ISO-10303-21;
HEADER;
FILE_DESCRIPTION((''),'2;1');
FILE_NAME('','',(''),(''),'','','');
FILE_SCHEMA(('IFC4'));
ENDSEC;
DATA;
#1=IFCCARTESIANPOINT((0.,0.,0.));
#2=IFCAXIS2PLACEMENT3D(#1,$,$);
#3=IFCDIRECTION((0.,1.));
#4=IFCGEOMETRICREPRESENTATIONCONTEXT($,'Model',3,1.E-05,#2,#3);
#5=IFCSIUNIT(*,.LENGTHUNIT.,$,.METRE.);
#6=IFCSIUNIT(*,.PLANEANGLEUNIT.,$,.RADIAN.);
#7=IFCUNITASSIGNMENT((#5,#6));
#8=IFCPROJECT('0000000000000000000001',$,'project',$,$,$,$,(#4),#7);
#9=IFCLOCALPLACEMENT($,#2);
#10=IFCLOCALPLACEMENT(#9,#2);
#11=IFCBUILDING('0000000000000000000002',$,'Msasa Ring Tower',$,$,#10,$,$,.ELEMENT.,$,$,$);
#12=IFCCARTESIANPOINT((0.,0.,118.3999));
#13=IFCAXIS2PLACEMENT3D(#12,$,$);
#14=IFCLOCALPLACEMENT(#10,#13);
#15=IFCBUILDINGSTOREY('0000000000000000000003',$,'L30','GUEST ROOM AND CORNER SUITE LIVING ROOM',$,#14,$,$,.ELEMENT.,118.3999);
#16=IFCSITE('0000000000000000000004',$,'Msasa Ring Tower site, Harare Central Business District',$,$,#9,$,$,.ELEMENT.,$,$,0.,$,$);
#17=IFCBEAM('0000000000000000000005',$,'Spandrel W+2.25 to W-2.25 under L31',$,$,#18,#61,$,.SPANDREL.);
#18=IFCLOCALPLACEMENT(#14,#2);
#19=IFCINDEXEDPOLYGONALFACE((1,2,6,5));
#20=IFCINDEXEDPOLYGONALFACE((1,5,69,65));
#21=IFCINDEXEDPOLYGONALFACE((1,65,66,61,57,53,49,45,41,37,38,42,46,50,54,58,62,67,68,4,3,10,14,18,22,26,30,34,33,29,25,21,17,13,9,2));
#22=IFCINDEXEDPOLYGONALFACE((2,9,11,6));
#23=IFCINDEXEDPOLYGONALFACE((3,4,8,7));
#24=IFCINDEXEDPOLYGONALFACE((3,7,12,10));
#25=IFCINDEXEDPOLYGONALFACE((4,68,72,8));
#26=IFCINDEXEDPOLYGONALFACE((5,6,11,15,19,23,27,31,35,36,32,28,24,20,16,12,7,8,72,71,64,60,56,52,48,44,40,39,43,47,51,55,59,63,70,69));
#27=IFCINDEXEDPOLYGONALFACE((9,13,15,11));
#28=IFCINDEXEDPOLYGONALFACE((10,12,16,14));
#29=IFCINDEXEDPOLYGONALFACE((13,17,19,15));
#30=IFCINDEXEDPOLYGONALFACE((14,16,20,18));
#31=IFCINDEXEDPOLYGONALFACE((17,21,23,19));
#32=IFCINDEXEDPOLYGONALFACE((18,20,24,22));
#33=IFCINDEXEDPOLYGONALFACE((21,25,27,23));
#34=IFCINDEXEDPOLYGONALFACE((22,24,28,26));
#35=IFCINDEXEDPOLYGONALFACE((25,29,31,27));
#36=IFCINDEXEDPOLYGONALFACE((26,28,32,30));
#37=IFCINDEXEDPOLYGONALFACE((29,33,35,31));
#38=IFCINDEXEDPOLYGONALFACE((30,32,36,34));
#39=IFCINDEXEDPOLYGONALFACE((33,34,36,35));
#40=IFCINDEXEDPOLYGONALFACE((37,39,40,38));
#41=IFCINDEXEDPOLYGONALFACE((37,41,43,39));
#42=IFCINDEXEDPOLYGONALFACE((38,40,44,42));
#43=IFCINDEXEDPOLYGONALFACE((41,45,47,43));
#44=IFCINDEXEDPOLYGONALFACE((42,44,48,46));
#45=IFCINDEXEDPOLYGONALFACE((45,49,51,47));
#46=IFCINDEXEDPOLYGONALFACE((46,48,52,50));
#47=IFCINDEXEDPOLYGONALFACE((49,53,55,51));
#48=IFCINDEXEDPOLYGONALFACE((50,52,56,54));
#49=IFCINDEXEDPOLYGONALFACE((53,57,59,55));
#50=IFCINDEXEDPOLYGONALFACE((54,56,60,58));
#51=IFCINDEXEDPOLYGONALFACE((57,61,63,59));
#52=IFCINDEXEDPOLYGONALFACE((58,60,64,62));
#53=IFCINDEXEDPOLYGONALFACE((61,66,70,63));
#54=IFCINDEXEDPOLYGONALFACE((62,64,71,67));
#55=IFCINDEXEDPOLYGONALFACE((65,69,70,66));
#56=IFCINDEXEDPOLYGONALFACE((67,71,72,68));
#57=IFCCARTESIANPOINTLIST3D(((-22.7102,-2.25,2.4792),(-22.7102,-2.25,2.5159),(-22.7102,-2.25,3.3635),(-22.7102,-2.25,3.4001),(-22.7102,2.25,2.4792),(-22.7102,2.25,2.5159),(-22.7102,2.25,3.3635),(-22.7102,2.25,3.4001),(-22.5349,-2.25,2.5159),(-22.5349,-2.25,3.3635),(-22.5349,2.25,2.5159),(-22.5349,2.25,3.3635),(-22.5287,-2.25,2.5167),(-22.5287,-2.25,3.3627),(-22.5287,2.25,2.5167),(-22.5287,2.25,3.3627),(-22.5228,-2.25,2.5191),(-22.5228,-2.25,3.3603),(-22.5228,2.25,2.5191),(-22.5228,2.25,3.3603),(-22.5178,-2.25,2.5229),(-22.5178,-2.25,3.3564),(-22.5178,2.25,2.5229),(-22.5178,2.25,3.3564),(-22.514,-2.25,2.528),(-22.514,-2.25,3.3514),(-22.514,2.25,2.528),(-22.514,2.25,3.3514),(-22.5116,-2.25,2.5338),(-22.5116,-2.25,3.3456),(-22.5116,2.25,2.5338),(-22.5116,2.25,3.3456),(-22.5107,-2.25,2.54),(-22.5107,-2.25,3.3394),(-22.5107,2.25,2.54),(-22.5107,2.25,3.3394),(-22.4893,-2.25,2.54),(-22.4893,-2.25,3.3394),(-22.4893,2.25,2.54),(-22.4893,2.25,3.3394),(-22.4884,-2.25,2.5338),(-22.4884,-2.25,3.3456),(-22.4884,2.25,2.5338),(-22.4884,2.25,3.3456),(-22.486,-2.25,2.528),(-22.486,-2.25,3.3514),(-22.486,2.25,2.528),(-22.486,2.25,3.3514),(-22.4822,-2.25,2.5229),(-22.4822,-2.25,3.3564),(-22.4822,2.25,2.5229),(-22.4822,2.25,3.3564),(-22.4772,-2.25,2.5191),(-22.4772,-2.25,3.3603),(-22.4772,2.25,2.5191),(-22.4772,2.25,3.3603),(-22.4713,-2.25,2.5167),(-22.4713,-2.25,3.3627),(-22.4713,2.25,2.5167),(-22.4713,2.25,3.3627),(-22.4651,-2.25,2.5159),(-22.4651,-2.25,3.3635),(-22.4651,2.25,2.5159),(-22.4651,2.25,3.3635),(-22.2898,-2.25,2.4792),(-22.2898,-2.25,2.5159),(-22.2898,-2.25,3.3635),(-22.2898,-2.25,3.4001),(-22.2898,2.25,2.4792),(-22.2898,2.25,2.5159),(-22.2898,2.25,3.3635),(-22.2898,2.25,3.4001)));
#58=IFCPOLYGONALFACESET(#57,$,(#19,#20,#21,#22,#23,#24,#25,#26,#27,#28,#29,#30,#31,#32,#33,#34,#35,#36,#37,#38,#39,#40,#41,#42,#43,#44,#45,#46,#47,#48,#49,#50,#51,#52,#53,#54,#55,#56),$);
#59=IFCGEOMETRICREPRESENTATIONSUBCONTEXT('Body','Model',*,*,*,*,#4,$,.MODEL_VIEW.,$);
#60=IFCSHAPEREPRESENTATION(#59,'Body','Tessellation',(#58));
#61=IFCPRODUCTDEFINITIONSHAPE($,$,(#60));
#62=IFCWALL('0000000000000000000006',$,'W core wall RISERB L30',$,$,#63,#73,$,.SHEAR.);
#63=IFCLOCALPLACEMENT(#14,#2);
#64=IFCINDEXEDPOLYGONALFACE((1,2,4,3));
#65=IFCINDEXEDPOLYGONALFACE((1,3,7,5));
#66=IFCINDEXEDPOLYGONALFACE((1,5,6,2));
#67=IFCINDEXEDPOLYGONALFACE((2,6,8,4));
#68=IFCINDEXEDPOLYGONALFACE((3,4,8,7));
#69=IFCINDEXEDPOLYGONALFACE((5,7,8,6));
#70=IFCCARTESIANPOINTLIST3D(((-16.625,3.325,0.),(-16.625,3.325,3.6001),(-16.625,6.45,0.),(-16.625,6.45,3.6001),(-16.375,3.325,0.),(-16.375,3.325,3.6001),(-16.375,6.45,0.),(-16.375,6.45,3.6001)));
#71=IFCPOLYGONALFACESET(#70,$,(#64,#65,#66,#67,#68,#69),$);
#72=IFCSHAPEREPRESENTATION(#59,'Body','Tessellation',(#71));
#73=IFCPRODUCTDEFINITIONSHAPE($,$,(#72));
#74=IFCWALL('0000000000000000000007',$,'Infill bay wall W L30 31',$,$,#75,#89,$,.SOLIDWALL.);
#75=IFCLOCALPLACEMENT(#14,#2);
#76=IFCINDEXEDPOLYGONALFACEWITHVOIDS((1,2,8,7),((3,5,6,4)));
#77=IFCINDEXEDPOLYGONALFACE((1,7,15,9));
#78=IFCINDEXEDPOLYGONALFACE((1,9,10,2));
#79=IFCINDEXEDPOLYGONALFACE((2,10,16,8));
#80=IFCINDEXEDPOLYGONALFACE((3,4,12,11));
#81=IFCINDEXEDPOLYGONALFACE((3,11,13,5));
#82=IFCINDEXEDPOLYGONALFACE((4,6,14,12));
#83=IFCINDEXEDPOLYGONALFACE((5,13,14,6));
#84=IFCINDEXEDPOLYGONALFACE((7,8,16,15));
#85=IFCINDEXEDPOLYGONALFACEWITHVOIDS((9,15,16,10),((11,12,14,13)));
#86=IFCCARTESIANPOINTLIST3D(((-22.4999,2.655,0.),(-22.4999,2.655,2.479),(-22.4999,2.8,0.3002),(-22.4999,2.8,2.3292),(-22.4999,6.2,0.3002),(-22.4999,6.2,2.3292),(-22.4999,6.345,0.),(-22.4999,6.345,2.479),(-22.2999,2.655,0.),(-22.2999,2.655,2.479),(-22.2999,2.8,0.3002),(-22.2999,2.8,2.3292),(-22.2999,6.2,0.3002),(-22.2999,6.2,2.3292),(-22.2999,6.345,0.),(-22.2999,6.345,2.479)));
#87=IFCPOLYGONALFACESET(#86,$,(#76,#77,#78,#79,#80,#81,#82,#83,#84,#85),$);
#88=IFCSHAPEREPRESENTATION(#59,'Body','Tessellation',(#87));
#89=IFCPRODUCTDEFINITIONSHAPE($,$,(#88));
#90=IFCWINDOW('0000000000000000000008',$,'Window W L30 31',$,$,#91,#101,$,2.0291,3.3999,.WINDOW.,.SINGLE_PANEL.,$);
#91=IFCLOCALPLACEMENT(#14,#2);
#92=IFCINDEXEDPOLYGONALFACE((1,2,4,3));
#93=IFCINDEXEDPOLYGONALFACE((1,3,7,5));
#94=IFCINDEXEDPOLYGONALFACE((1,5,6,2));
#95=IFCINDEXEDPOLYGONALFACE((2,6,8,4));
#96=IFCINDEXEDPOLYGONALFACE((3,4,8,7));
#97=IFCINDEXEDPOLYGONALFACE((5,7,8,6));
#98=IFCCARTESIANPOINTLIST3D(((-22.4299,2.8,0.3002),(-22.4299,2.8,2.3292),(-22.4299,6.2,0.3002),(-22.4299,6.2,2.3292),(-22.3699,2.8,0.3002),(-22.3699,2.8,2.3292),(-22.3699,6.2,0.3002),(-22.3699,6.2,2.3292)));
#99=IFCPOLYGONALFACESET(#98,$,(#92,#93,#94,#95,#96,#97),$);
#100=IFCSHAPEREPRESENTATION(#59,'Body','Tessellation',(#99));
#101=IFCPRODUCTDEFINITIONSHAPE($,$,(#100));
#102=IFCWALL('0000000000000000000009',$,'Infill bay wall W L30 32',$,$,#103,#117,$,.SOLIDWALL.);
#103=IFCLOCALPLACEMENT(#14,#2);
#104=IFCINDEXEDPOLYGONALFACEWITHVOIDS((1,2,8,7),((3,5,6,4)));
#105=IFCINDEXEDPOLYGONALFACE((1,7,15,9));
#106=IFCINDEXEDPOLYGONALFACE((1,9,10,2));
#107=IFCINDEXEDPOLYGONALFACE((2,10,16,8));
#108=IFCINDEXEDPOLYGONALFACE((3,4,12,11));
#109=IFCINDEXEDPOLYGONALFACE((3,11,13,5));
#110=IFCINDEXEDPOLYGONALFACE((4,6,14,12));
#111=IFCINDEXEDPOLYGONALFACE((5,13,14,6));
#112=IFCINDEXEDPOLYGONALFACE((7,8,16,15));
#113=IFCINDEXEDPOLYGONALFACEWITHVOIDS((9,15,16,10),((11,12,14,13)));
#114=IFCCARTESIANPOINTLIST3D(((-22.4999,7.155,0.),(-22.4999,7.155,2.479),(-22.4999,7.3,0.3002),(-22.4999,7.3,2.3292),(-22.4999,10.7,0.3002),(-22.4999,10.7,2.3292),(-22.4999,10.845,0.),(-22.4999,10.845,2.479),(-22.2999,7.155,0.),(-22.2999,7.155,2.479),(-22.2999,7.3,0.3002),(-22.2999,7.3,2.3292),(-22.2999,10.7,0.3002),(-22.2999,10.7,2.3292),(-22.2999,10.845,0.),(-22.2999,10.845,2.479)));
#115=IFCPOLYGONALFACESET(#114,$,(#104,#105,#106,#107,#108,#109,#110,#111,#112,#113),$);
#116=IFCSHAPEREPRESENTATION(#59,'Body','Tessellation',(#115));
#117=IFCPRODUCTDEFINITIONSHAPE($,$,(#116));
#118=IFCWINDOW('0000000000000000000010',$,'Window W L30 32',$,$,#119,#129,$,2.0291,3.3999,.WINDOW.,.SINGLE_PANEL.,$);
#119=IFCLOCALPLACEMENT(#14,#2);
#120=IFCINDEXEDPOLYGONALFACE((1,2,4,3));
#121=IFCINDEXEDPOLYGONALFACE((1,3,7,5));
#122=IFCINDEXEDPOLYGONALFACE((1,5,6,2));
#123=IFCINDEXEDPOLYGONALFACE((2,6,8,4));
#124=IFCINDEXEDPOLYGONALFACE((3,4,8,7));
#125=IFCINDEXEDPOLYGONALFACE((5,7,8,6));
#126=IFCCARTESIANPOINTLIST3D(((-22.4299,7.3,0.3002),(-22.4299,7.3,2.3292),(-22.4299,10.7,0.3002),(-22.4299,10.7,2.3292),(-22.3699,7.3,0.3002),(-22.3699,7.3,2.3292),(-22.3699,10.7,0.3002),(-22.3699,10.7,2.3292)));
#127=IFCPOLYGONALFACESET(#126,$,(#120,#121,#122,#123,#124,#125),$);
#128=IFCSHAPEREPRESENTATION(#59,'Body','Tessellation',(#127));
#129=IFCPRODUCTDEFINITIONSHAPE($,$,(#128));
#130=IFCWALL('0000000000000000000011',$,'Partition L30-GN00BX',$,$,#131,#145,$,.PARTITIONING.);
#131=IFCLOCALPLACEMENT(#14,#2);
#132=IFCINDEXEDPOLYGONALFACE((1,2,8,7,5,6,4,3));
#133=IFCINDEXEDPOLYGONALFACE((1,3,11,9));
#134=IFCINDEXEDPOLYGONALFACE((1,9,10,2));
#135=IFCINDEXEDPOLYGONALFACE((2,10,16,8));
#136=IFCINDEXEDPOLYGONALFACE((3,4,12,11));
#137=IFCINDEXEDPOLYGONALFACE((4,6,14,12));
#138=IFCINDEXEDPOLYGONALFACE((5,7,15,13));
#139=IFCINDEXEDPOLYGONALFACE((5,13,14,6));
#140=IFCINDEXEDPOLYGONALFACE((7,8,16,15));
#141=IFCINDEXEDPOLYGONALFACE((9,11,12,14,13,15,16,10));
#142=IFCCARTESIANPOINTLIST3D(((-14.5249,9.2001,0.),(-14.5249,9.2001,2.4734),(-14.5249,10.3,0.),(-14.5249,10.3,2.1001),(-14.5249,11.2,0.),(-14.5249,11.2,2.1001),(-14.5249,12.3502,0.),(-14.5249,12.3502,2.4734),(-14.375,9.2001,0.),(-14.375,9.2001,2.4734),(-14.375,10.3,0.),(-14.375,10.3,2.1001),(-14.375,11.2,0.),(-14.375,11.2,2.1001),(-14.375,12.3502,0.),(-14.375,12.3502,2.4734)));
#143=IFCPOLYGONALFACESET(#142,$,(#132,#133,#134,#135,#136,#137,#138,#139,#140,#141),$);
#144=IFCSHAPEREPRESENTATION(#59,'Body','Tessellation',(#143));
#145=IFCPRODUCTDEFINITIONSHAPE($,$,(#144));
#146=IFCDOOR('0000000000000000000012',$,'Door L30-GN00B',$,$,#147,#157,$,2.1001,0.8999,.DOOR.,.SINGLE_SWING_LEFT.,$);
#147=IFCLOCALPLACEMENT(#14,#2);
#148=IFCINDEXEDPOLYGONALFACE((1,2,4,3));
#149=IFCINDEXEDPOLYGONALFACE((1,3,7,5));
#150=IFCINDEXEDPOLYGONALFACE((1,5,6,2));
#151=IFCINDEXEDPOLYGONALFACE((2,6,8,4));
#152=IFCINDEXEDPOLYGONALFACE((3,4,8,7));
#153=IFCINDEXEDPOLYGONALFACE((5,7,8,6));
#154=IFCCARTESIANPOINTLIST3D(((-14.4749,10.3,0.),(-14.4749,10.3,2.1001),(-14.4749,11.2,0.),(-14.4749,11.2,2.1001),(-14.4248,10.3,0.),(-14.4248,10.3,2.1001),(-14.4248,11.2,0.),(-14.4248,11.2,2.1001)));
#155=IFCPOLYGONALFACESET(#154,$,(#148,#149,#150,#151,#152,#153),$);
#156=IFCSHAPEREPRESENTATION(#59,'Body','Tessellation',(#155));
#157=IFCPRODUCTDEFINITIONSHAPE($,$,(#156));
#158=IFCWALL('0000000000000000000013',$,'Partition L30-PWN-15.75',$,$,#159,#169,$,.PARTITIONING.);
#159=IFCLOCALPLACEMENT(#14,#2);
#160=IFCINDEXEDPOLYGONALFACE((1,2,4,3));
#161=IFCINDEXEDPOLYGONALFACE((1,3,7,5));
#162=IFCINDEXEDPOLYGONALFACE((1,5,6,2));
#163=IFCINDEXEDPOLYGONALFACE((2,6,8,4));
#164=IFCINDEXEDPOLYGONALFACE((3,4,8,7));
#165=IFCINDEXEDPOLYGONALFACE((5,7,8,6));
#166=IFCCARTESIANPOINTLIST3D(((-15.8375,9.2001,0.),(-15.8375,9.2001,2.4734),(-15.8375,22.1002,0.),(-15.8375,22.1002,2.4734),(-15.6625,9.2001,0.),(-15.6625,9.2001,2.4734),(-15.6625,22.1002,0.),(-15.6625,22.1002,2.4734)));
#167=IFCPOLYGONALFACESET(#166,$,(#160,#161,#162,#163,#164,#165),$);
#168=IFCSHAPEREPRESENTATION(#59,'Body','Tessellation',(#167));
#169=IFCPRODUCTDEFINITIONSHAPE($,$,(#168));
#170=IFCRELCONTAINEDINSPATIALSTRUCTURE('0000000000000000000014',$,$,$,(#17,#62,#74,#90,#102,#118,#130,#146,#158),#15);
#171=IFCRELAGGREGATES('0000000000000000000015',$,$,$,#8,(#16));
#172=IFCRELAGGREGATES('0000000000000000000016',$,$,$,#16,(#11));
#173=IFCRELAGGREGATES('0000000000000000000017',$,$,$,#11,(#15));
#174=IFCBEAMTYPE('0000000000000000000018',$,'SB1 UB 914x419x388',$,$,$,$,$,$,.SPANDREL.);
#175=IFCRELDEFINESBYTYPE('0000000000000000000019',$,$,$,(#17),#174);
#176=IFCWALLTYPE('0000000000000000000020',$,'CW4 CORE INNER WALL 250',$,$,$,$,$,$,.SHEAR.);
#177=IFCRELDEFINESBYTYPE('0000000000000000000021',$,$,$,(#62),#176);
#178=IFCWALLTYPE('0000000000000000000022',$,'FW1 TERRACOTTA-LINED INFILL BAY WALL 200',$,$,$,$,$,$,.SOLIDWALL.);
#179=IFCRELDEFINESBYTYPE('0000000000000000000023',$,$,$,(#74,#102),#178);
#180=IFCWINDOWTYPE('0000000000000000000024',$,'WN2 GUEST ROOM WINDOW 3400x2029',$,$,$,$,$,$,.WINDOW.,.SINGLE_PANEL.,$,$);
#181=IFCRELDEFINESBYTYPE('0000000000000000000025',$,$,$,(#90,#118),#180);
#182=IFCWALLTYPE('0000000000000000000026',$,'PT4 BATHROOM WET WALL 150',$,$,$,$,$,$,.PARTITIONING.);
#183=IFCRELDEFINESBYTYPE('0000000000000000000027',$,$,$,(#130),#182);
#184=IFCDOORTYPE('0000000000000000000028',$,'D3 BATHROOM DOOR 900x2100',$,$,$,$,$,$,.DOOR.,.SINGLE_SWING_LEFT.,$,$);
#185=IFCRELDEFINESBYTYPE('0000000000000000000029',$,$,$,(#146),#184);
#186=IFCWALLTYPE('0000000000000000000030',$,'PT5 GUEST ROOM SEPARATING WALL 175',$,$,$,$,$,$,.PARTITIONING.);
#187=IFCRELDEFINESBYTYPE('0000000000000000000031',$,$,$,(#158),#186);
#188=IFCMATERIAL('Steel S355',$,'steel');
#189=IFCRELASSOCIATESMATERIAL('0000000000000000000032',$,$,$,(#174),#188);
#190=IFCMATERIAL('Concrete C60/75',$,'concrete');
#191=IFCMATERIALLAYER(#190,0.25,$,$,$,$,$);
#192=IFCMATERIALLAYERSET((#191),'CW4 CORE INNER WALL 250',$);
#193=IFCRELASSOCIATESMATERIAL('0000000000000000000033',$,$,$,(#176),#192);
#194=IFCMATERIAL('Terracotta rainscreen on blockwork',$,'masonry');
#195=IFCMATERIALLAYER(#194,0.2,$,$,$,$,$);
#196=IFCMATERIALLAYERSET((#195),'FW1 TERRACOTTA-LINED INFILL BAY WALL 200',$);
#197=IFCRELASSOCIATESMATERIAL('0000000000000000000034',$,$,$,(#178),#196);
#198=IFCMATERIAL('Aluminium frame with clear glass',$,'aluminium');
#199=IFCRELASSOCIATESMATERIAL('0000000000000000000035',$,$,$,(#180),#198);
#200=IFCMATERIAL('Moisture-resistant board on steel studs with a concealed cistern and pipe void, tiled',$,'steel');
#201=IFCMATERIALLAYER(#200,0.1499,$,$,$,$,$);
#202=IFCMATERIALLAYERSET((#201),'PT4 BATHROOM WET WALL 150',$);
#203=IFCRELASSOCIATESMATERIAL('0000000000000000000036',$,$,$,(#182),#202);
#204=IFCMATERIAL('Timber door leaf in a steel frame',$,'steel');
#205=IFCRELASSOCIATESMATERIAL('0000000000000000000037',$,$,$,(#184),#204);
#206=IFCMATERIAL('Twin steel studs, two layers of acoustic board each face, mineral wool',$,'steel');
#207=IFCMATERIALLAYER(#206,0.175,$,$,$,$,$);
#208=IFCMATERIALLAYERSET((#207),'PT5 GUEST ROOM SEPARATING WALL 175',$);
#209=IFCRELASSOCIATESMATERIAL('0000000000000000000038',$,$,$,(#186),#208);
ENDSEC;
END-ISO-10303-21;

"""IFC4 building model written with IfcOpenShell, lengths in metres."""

from ifc_helpers import new_model, si_unit, direction, frame, frame_2d, origin, origin_2d, place, context, subcontext, project, spatial, rectangle, i_section, extrude, material, layer, layer_set, material_profile, profile_set, type_object, element, fill, save


model = new_model("IFC4")

# Units and contexts
model_context = context("Model", 3, precision=1e-05, world=origin(), true_north=direction((0.0, 1.0)))
body_context = subcontext(model_context, "Body", "Model", "MODEL_VIEW")
ifc_project = project(units=[si_unit("LENGTHUNIT", "METRE"), si_unit("PLANEANGLEUNIT", "RADIAN")], contexts=[model_context])

# Site, building, storey
site_placement = place(None, origin())
site = spatial("IfcSite", under=ifc_project, at=site_placement, Name="Msasa Ring Tower site, Harare Central Business District", CompositionType="ELEMENT", RefElevation=0.0)
building_placement = place(site_placement, origin())
building = spatial("IfcBuilding", under=site, at=building_placement, Name="Msasa Ring Tower", CompositionType="ELEMENT")
storey_placement = place(building_placement, frame((0.0, 0.0, 118.3999)))
storey = spatial("IfcBuildingStorey", under=building, at=storey_placement, Name="L30", Description="GUEST ROOM AND CORNER SUITE LIVING ROOM", CompositionType="ELEMENT", Elevation=118.3999)

# Beam
ifc_material_1 = material(Name="Steel S355", Category="steel")
ifc_material_profile_1 = material_profile(ifc_material_1, i_section(OverallWidth=0.4204, OverallDepth=0.9209, WebThickness=0.0215, FlangeThickness=0.0366, FilletRadius=0.0242, at=origin_2d()), Name="UB 914x419x388")
ifc_profile_set_1 = profile_set([ifc_material_profile_1], Name="Steel S355")
beam_type_1 = type_object("IfcBeamType", Name="SB1 UB 914x419x388", PredefinedType="SPANDREL", material=ifc_profile_set_1)
for number, where, z_axis, x_axis, name in (
    (1, (-22.5, 2.25, 2.9397), (0.0, -1.0, 0.0), (1.0, 0.0, 0.0), "Spandrel W+2.25 to W-2.25 under L31"),
):
    element("IfcBeam", number, at=place(storey_placement, frame(where, z_axis=z_axis, x_axis=x_axis)), inside=storey, type_object=beam_type_1, Name=name, PredefinedType="SPANDREL", context=body_context, shape_type="SweptSolid", body=[
        extrude(i_section(OverallWidth=0.4204, OverallDepth=0.9209, WebThickness=0.0215, FlangeThickness=0.0366, FilletRadius=0.0242, at=origin_2d()), origin(), (0.0, 0.0, 1.0), 4.5),
    ])

# Wall
ifc_material_2 = material(Name="Concrete C60/75", Category="concrete")
ifc_layer_1 = layer(ifc_material_2, 0.25)
ifc_layer_set_1 = layer_set([ifc_layer_1], Name="CW4 CORE INNER WALL 250")
wall_type_1 = type_object("IfcWallType", Name="CW4 CORE INNER WALL 250", PredefinedType="SHEAR", material=ifc_layer_set_1)
wall_1_placement = place(storey_placement, frame((-16.5, 3.325, 0.0), z_axis=(0.0, 0.0, 1.0), x_axis=(0.0, 1.0, 0.0)))
element("IfcWall", 2, at=wall_1_placement, inside=storey, type_object=wall_type_1, Name="W core wall RISERB L30", PredefinedType="SHEAR", context=body_context, shape_type="SweptSolid", body=[
    extrude(rectangle(XDim=3.125, YDim=0.25, at=frame_2d((1.5625, 0.0))), origin(), (0.0, 0.0, 1.0), 3.6001),
])

# Walls, openings, windows
ifc_material_3 = material(Name="Terracotta rainscreen on blockwork", Category="masonry")
ifc_layer_2 = layer(ifc_material_3, 0.2)
ifc_layer_set_2 = layer_set([ifc_layer_2], Name="FW1 TERRACOTTA-LINED INFILL BAY WALL 200")
wall_type_2 = type_object("IfcWallType", Name="FW1 TERRACOTTA-LINED INFILL BAY WALL 200", PredefinedType="SOLIDWALL", material=ifc_layer_set_2)
wall_2_placement = place(storey_placement, frame((-22.3999, 2.655, 0.0), z_axis=(0.0, 0.0, 1.0), x_axis=(0.0, 1.0, 0.0)))
wall_2 = element("IfcWall", 3, at=wall_2_placement, inside=storey, type_object=wall_type_2, Name="Infill bay wall W L30 31", PredefinedType="SOLIDWALL", context=body_context, shape_type="SweptSolid", body=[
    extrude(rectangle(XDim=3.6899, YDim=0.2, at=frame_2d((1.845, 0.0))), origin(), (0.0, 0.0, 1.0), 2.479),
])
opening_1_placement = place(wall_2_placement, frame((0.145, 0.0, 0.3)))
opening_1 = element("IfcOpeningElement", 4, at=opening_1_placement, cuts=wall_2, PredefinedType="OPENING", context=body_context, shape_type="SweptSolid", body=[
    extrude(rectangle(XDim=3.3999, YDim=2.0291, at=frame_2d((1.7, 1.0146))), frame((0.0, 0.1099, 0.0), z_axis=(0.0, -1.0, 0.0), x_axis=(1.0, 0.0, 0.0)), (0.0, 0.0, 1.0), 0.22),
])
ifc_material_4 = material(Name="Aluminium frame with clear glass", Category="aluminium")
window_type = type_object("IfcWindowType", Name="WN2 GUEST ROOM WINDOW 3400x2029", PartitioningType="SINGLE_PANEL", PredefinedType="WINDOW", material=ifc_material_4)
window_1_placement = place(opening_1_placement, origin())
window_1 = element("IfcWindow", 5, at=window_1_placement, inside=storey, type_object=window_type, Name="Window W L30 31", OverallHeight=2.0291, OverallWidth=3.3999, PartitioningType="SINGLE_PANEL", PredefinedType="WINDOW", context=body_context, shape_type="SweptSolid", body=[
    extrude(rectangle(XDim=3.3999, YDim=2.0291, at=frame_2d((1.7, 1.0146))), frame((0.0, 0.03, 0.0), z_axis=(0.0, -1.0, 0.0), x_axis=(1.0, 0.0, 0.0)), (0.0, 0.0, 1.0), 0.0601),
])
fill(opening_1, window_1)
wall_3_placement = place(storey_placement, frame((-22.3999, 7.155, 0.0), z_axis=(0.0, 0.0, 1.0), x_axis=(0.0, 1.0, 0.0)))
wall_3 = element("IfcWall", 6, at=wall_3_placement, inside=storey, type_object=wall_type_2, Name="Infill bay wall W L30 32", PredefinedType="SOLIDWALL", context=body_context, shape_type="SweptSolid", body=[
    extrude(rectangle(XDim=3.6899, YDim=0.2, at=frame_2d((1.845, 0.0))), origin(), (0.0, 0.0, 1.0), 2.479),
])
opening_2_placement = place(wall_3_placement, frame((0.145, 0.0, 0.3)))
opening_2 = element("IfcOpeningElement", 7, at=opening_2_placement, cuts=wall_3, PredefinedType="OPENING", context=body_context, shape_type="SweptSolid", body=[
    extrude(rectangle(XDim=3.3999, YDim=2.0291, at=frame_2d((1.7, 1.0146))), frame((0.0, 0.1099, 0.0), z_axis=(0.0, -1.0, 0.0), x_axis=(1.0, 0.0, 0.0)), (0.0, 0.0, 1.0), 0.22),
])
window_2_placement = place(opening_2_placement, origin())
window_2 = element("IfcWindow", 8, at=window_2_placement, inside=storey, type_object=window_type, Name="Window W L30 32", OverallHeight=2.0291, OverallWidth=3.3999, PartitioningType="SINGLE_PANEL", PredefinedType="WINDOW", context=body_context, shape_type="SweptSolid", body=[
    extrude(rectangle(XDim=3.3999, YDim=2.0291, at=frame_2d((1.7, 1.0146))), frame((0.0, 0.03, 0.0), z_axis=(0.0, -1.0, 0.0), x_axis=(1.0, 0.0, 0.0)), (0.0, 0.0, 1.0), 0.0601),
])
fill(opening_2, window_2)

# Wall, opening, door
ifc_material_5 = material(Name="Moisture-resistant board on steel studs with a concealed cistern and pipe void, tiled", Category="steel")
ifc_layer_3 = layer(ifc_material_5, 0.1499)
ifc_layer_set_3 = layer_set([ifc_layer_3], Name="PT4 BATHROOM WET WALL 150")
wall_type_3 = type_object("IfcWallType", Name="PT4 BATHROOM WET WALL 150", PredefinedType="PARTITIONING", material=ifc_layer_set_3)
wall_4_placement = place(storey_placement, frame((-14.45, 9.2, 0.0), z_axis=(0.0, 0.0, 1.0), x_axis=(0.0, 1.0, 0.0)))
wall_4 = element("IfcWall", 9, at=wall_4_placement, inside=storey, type_object=wall_type_3, Name="Partition L30-GN00BX", PredefinedType="PARTITIONING", context=body_context, shape_type="SweptSolid", body=[
    extrude(rectangle(XDim=3.1501, YDim=0.1499, at=frame_2d((1.5752, 0.0))), origin(), (0.0, 0.0, 1.0), 2.4734),
])
opening_3_placement = place(wall_4_placement, frame((1.1001, 0.0, 0.0)))
opening_3 = element("IfcOpeningElement", 10, at=opening_3_placement, cuts=wall_4, PredefinedType="OPENING", context=body_context, shape_type="SweptSolid", body=[
    extrude(rectangle(XDim=0.8999, YDim=2.1001, at=frame_2d((0.45, 1.05))), frame((0.0, 0.085, 0.0), z_axis=(0.0, -1.0, 0.0), x_axis=(1.0, 0.0, 0.0)), (0.0, 0.0, 1.0), 0.1699),
])
ifc_material_6 = material(Name="Timber door leaf in a steel frame", Category="steel")
door_type_1 = type_object("IfcDoorType", Name="D3 BATHROOM DOOR 900x2100", OperationType="SINGLE_SWING_LEFT", PredefinedType="DOOR", material=ifc_material_6)
door_1_placement = place(opening_3_placement, origin())
door_1 = element("IfcDoor", 11, at=door_1_placement, inside=storey, type_object=door_type_1, Name="Door L30-GN00B", OperationType="SINGLE_SWING_LEFT", OverallHeight=2.1001, OverallWidth=0.8999, PredefinedType="DOOR", context=body_context, shape_type="SweptSolid", body=[
    extrude(rectangle(XDim=0.8999, YDim=2.1001, at=frame_2d((0.45, 1.05))), frame((0.0, 0.0249, 0.0), z_axis=(0.0, -1.0, 0.0), x_axis=(1.0, 0.0, 0.0)), (0.0, 0.0, 1.0), 0.05),
])
fill(opening_3, door_1)

# Wall
ifc_material_7 = material(Name="Twin steel studs, two layers of acoustic board each face, mineral wool", Category="steel")
ifc_layer_4 = layer(ifc_material_7, 0.175)
ifc_layer_set_4 = layer_set([ifc_layer_4], Name="PT5 GUEST ROOM SEPARATING WALL 175")
wall_type_4 = type_object("IfcWallType", Name="PT5 GUEST ROOM SEPARATING WALL 175", PredefinedType="PARTITIONING", material=ifc_layer_set_4)
wall_5_placement = place(storey_placement, frame((-15.75, 9.2, 0.0), z_axis=(0.0, 0.0, 1.0), x_axis=(0.0, 1.0, 0.0)))
element("IfcWall", 12, at=wall_5_placement, inside=storey, type_object=wall_type_4, Name="Partition L30-PWN-15.75", PredefinedType="PARTITIONING", context=body_context, shape_type="SweptSolid", body=[
    extrude(rectangle(XDim=12.9001, YDim=0.175, at=frame_2d((6.4502, 0.0))), origin(), (0.0, 0.0, 1.0), 2.4734),
])

save(model, "model.ifc")
